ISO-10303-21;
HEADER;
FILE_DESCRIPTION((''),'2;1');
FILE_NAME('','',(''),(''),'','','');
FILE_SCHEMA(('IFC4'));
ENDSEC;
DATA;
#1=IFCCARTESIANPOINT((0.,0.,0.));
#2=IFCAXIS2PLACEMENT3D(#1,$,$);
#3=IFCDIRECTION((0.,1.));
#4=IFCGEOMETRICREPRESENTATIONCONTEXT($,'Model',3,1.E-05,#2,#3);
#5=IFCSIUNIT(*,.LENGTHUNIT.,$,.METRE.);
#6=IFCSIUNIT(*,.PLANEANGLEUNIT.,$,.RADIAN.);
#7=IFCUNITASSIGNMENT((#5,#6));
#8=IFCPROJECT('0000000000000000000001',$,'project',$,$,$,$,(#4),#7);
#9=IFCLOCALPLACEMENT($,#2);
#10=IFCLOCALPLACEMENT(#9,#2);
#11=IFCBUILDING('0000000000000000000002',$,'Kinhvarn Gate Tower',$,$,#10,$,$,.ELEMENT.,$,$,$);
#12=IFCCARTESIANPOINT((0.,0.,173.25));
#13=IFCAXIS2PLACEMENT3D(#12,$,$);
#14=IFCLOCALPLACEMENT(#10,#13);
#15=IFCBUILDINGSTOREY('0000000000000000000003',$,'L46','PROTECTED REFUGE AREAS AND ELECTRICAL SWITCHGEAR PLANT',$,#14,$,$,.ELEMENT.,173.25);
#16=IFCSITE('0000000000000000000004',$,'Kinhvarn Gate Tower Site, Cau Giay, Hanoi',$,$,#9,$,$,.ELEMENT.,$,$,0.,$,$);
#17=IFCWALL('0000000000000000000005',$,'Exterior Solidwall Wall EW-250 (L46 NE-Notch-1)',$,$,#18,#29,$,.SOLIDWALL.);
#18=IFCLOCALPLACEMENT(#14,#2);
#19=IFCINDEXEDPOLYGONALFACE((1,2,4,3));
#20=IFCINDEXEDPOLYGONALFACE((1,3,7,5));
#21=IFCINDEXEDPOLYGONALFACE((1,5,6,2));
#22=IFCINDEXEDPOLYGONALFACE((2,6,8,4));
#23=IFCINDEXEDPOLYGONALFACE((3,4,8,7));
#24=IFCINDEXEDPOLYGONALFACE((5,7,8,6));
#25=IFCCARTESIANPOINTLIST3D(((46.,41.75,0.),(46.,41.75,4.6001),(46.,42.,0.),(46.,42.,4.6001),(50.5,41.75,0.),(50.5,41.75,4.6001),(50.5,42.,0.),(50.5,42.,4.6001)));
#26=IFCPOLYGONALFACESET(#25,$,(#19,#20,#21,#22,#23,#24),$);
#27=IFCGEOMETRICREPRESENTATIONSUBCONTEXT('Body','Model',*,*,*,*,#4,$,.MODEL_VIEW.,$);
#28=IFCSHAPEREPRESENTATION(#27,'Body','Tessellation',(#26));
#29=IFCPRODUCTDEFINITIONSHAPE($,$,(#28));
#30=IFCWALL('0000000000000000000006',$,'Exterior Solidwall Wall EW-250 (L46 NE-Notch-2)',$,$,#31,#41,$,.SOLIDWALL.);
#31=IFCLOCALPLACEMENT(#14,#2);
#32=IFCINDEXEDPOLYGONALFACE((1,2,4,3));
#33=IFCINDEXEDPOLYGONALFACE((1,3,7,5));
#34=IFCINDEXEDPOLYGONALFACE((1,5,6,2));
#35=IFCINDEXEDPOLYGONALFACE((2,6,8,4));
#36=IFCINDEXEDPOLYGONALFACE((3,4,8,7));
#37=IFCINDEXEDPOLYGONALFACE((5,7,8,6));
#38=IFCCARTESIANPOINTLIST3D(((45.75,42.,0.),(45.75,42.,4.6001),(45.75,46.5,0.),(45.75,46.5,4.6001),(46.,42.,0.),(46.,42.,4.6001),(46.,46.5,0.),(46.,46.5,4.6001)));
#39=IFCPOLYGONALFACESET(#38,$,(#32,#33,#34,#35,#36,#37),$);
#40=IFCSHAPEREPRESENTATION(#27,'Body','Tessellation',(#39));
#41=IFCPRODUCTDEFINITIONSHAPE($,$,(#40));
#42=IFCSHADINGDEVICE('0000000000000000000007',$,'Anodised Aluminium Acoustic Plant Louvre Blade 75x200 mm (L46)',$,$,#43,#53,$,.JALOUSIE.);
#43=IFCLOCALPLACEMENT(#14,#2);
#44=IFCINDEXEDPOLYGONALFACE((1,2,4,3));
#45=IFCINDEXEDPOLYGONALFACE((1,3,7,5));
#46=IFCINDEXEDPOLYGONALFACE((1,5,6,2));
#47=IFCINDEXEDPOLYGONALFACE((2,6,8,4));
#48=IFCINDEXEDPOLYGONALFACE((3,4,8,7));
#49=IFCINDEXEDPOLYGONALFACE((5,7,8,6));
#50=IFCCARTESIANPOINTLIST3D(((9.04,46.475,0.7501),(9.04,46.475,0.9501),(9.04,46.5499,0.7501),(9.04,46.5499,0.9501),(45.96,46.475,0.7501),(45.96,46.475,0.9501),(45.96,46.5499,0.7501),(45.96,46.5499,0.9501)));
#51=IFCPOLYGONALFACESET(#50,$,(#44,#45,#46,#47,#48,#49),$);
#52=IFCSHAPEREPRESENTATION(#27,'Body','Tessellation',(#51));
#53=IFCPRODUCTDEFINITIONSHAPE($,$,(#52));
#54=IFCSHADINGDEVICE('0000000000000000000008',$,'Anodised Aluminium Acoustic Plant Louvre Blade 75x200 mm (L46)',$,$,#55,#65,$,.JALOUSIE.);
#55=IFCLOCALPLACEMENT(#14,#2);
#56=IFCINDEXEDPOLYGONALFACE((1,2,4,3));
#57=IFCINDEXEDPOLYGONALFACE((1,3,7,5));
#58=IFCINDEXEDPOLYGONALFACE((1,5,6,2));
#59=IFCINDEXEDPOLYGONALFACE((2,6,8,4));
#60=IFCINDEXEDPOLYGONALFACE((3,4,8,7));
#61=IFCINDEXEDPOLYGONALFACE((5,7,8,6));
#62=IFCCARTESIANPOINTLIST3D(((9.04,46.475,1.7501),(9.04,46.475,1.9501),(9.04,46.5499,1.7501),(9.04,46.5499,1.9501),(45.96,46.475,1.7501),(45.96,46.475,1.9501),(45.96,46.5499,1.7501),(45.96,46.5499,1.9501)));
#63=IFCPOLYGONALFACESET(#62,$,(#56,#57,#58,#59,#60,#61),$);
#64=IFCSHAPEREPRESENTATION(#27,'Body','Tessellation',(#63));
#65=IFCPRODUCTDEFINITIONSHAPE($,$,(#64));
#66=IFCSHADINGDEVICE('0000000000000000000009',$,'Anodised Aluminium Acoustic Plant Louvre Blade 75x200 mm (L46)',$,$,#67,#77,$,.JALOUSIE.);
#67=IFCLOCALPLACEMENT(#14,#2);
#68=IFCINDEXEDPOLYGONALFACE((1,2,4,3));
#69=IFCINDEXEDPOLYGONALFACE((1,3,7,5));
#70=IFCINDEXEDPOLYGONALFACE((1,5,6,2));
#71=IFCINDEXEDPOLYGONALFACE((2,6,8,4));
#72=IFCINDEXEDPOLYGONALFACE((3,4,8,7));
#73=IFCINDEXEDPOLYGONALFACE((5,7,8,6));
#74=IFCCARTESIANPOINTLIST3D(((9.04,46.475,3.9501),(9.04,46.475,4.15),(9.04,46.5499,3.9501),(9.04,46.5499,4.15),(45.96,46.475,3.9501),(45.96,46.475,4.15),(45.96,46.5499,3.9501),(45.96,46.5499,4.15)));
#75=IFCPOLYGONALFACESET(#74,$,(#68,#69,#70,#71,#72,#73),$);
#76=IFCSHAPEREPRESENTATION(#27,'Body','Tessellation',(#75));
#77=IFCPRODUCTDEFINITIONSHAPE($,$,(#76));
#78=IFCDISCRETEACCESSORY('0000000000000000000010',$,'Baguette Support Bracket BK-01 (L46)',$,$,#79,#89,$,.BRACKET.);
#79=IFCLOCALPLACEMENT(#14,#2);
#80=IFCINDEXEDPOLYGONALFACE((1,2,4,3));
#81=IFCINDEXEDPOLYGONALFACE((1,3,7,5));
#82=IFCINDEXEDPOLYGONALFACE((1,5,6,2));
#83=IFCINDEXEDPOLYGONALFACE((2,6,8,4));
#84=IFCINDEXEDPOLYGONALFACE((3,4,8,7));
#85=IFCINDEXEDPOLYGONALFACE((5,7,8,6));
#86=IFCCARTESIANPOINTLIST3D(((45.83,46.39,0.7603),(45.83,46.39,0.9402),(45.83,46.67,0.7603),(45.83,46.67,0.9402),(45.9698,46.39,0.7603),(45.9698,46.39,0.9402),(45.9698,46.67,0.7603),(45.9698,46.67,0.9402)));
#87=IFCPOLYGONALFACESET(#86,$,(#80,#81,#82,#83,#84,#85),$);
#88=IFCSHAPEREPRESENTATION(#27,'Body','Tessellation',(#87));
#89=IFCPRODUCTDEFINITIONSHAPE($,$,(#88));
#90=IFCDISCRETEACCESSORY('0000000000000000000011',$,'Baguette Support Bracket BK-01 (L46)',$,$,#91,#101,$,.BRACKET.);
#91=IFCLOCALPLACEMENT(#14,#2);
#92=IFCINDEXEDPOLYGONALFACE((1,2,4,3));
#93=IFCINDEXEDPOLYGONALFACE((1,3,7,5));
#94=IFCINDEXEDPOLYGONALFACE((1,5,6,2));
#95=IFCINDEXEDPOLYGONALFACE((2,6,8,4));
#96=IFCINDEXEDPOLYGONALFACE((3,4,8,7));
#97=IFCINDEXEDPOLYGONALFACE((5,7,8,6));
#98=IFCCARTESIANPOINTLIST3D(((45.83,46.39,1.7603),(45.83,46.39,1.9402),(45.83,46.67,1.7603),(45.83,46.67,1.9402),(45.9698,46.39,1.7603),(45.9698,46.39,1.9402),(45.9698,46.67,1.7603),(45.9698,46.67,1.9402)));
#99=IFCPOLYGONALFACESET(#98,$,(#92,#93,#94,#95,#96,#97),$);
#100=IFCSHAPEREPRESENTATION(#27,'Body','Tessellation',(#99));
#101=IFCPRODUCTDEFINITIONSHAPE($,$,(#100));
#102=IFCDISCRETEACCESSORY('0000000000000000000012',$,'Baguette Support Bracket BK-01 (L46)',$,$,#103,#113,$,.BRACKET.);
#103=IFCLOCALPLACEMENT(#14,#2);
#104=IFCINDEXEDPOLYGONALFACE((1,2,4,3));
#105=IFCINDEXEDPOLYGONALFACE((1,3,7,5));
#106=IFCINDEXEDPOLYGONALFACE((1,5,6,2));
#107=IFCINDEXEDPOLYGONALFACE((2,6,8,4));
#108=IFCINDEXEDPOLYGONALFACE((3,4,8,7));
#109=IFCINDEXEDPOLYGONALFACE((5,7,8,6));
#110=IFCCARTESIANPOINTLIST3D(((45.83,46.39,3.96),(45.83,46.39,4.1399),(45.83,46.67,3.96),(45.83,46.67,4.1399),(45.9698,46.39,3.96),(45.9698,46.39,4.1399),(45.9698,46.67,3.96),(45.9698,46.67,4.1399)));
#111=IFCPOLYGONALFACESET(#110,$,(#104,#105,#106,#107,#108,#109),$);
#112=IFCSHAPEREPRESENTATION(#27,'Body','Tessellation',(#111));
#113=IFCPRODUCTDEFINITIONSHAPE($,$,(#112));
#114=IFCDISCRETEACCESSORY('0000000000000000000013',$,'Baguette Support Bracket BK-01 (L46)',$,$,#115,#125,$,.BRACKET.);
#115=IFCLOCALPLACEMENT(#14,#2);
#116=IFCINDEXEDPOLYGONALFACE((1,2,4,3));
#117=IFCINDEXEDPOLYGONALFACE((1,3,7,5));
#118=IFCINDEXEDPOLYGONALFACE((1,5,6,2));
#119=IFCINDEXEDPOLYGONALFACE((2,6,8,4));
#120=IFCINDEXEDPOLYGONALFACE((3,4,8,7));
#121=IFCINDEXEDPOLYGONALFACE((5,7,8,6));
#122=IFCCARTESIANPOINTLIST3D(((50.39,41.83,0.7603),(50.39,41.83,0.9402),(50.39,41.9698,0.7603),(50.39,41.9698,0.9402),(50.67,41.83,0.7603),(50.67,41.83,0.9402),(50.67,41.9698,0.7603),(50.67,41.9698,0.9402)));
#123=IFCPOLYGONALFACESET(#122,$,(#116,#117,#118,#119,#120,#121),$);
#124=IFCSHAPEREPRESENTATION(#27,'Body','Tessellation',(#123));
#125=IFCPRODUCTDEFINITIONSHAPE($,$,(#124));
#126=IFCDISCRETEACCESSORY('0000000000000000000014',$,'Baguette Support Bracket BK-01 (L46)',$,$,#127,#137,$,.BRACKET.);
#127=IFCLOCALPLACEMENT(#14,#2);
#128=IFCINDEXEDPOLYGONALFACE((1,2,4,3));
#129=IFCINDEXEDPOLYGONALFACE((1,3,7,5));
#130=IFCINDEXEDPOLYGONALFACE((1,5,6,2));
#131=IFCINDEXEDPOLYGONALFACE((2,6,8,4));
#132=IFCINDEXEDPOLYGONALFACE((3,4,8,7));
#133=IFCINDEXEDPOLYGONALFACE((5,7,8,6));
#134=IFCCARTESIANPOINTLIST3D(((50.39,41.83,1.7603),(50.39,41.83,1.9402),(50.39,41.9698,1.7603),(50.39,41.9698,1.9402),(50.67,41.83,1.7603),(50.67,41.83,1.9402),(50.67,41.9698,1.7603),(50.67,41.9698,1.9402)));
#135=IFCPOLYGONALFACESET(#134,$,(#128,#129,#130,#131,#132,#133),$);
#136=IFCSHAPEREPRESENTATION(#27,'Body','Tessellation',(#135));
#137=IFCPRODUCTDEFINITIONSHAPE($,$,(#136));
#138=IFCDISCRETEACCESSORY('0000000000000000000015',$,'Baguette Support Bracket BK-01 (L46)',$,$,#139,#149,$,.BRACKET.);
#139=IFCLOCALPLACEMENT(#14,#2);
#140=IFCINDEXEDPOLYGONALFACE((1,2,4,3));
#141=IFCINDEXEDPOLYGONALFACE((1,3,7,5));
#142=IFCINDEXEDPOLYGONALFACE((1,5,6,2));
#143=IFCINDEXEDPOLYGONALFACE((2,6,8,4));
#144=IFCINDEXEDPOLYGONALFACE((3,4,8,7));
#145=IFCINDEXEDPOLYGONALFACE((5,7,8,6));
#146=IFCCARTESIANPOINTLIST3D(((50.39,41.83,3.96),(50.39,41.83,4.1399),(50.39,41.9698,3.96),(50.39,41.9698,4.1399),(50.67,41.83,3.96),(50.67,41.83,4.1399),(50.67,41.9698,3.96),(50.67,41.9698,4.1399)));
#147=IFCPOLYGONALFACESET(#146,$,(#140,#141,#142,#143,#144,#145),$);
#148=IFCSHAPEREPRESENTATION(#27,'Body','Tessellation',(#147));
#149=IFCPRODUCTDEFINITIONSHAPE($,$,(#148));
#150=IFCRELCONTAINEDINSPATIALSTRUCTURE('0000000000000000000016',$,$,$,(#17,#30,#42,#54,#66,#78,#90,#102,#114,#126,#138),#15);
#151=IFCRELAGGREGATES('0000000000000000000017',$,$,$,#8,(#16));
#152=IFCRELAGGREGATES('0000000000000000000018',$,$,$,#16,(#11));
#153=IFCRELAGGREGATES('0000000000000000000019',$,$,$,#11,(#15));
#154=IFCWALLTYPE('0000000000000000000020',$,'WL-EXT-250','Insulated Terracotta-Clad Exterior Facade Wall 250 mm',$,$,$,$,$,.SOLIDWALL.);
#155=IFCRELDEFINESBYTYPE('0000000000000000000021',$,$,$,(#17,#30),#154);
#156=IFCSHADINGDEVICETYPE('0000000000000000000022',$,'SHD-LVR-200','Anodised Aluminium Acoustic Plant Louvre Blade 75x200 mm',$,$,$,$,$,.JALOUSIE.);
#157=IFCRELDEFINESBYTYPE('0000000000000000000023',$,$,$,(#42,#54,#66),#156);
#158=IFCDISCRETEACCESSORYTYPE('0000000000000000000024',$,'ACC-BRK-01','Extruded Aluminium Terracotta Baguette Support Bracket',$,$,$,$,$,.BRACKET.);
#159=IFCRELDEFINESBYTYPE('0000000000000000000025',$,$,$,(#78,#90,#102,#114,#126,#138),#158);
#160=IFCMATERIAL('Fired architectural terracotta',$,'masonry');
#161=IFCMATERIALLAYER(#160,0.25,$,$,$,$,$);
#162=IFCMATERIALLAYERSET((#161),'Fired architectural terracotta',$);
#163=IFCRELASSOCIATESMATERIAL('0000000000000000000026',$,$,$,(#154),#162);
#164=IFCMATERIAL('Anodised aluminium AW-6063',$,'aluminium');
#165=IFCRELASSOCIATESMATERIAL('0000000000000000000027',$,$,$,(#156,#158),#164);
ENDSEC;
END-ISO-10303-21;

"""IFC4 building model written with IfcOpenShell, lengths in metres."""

from ifc_helpers import new_model, si_unit, direction, frame, frame_2d, origin, origin_2d, place, context, subcontext, project, spatial, rectangle, extrude, material, layer, layer_set, material_profile, profile_set, type_object, element, save


model = new_model("IFC4")

# Units and contexts
model_context = context("Model", 3, precision=1e-05, world=origin(), true_north=direction((0.0, 1.0)))
body_context = subcontext(model_context, "Body", "Model", "MODEL_VIEW")
ifc_project = project(units=[si_unit("LENGTHUNIT", "METRE"), si_unit("PLANEANGLEUNIT", "RADIAN")], contexts=[model_context])

# Site, building, storey
site_placement = place(None, origin())
site = spatial("IfcSite", under=ifc_project, at=site_placement, Name="Kinhvarn Gate Tower Site, Cau Giay, Hanoi", CompositionType="ELEMENT", RefElevation=0.0)
building_placement = place(site_placement, origin())
building = spatial("IfcBuilding", under=site, at=building_placement, Name="Kinhvarn Gate Tower", CompositionType="ELEMENT")
storey_placement = place(building_placement, frame((0.0, 0.0, 173.25)))
storey = spatial("IfcBuildingStorey", under=building, at=storey_placement, Name="L46", Description="PROTECTED REFUGE AREAS AND ELECTRICAL SWITCHGEAR PLANT", CompositionType="ELEMENT", Elevation=173.25)

# Shared definitions
ifc_material_1 = material(Name="Anodised aluminium AW-6063", Category="aluminium")

# Shared definitions
ifc_material_2 = material(Name="Fired architectural terracotta", Category="masonry")

# Walls
ifc_layer_1 = layer(ifc_material_2, 0.25)
ifc_layer_set_1 = layer_set([ifc_layer_1], Name="Fired architectural terracotta")
wall_type = type_object("IfcWallType", Name="WL-EXT-250", Description="Insulated Terracotta-Clad Exterior Facade Wall 250 mm", PredefinedType="SOLIDWALL", material=ifc_layer_set_1)
for number, where, z_axis, x_axis, name in (
    (1, (50.5, 41.875, 0.0), (0.0, 0.0, 1.0), (-1.0, 0.0, 0.0), "Exterior Solidwall Wall EW-250 (L46 NE-Notch-1)"),
    (2, (45.875, 42.0, 0.0), (0.0, 0.0, 1.0), (0.0, 1.0, 0.0), "Exterior Solidwall Wall EW-250 (L46 NE-Notch-2)"),
):
    element("IfcWall", number, at=place(storey_placement, frame(where, z_axis=z_axis, x_axis=x_axis)), inside=storey, type_object=wall_type, Name=name, PredefinedType="SOLIDWALL", context=body_context, shape_type="SweptSolid", body=[
        extrude(rectangle(XDim=4.5, YDim=0.25, at=frame_2d((2.25, 0.0))), origin(), (0.0, 0.0, 1.0), 4.6001),
    ])

# Shading devices
ifc_material_profile_1 = material_profile(ifc_material_1, rectangle(XDim=0.075, YDim=0.2, at=origin_2d()), Name="LOUVRE 75x200")
ifc_profile_set_1 = profile_set([ifc_material_profile_1], Name="Anodised aluminium AW-6063")
shading_device_type = type_object("IfcShadingDeviceType", Name="SHD-LVR-200", Description="Anodised Aluminium Acoustic Plant Louvre Blade 75x200 mm", PredefinedType="JALOUSIE", material=ifc_profile_set_1)
for number, where, z_axis, x_axis, name in (
    (3, (45.96, 46.5125, 0.8501), (-1.0, 0.0, 0.0), (0.0, -1.0, 0.0), "Anodised Aluminium Acoustic Plant Louvre Blade 75x200 mm (L46)"),
    (4, (45.96, 46.5125, 1.8501), (-1.0, 0.0, 0.0), (0.0, -1.0, 0.0), "Anodised Aluminium Acoustic Plant Louvre Blade 75x200 mm (L46)"),
    (5, (45.96, 46.5125, 4.05), (-1.0, 0.0, 0.0), (0.0, -1.0, 0.0), "Anodised Aluminium Acoustic Plant Louvre Blade 75x200 mm (L46)"),
):
    element("IfcShadingDevice", number, at=place(storey_placement, frame(where, z_axis=z_axis, x_axis=x_axis)), inside=storey, type_object=shading_device_type, Name=name, PredefinedType="JALOUSIE", context=body_context, shape_type="SweptSolid", body=[
        extrude(rectangle(XDim=0.075, YDim=0.2, at=origin_2d()), origin(), (0.0, 0.0, 1.0), 36.9199),
    ])

# Discrete accessories
discrete_accessory_type = type_object("IfcDiscreteAccessoryType", Name="ACC-BRK-01", Description="Extruded Aluminium Terracotta Baguette Support Bracket", PredefinedType="BRACKET", material=ifc_material_1)
for number, where, z_axis, x_axis, name in (
    (6, (45.8999, 46.53, 0.7603), (0.0, 0.0, 1.0), (-1.0, 0.0, 0.0), "Baguette Support Bracket BK-01 (L46)"),
    (7, (45.8999, 46.53, 1.7603), (0.0, 0.0, 1.0), (-1.0, 0.0, 0.0), "Baguette Support Bracket BK-01 (L46)"),
    (8, (45.8999, 46.53, 3.96), (0.0, 0.0, 1.0), (-1.0, 0.0, 0.0), "Baguette Support Bracket BK-01 (L46)"),
    (9, (50.53, 41.8999, 0.7603), (0.0, 0.0, 1.0), (0.0, 1.0, 0.0), "Baguette Support Bracket BK-01 (L46)"),
    (10, (50.53, 41.8999, 1.7603), (0.0, 0.0, 1.0), (0.0, 1.0, 0.0), "Baguette Support Bracket BK-01 (L46)"),
    (11, (50.53, 41.8999, 3.96), (0.0, 0.0, 1.0), (0.0, 1.0, 0.0), "Baguette Support Bracket BK-01 (L46)"),
):
    element("IfcDiscreteAccessory", number, at=place(storey_placement, frame(where, z_axis=z_axis, x_axis=x_axis)), inside=storey, type_object=discrete_accessory_type, Name=name, PredefinedType="BRACKET", context=body_context, shape_type="SweptSolid", body=[
        extrude(rectangle(XDim=0.1399, YDim=0.28, at=origin_2d()), origin(), (0.0, 0.0, 1.0), 0.1799),
    ])

save(model, "model.ifc")
